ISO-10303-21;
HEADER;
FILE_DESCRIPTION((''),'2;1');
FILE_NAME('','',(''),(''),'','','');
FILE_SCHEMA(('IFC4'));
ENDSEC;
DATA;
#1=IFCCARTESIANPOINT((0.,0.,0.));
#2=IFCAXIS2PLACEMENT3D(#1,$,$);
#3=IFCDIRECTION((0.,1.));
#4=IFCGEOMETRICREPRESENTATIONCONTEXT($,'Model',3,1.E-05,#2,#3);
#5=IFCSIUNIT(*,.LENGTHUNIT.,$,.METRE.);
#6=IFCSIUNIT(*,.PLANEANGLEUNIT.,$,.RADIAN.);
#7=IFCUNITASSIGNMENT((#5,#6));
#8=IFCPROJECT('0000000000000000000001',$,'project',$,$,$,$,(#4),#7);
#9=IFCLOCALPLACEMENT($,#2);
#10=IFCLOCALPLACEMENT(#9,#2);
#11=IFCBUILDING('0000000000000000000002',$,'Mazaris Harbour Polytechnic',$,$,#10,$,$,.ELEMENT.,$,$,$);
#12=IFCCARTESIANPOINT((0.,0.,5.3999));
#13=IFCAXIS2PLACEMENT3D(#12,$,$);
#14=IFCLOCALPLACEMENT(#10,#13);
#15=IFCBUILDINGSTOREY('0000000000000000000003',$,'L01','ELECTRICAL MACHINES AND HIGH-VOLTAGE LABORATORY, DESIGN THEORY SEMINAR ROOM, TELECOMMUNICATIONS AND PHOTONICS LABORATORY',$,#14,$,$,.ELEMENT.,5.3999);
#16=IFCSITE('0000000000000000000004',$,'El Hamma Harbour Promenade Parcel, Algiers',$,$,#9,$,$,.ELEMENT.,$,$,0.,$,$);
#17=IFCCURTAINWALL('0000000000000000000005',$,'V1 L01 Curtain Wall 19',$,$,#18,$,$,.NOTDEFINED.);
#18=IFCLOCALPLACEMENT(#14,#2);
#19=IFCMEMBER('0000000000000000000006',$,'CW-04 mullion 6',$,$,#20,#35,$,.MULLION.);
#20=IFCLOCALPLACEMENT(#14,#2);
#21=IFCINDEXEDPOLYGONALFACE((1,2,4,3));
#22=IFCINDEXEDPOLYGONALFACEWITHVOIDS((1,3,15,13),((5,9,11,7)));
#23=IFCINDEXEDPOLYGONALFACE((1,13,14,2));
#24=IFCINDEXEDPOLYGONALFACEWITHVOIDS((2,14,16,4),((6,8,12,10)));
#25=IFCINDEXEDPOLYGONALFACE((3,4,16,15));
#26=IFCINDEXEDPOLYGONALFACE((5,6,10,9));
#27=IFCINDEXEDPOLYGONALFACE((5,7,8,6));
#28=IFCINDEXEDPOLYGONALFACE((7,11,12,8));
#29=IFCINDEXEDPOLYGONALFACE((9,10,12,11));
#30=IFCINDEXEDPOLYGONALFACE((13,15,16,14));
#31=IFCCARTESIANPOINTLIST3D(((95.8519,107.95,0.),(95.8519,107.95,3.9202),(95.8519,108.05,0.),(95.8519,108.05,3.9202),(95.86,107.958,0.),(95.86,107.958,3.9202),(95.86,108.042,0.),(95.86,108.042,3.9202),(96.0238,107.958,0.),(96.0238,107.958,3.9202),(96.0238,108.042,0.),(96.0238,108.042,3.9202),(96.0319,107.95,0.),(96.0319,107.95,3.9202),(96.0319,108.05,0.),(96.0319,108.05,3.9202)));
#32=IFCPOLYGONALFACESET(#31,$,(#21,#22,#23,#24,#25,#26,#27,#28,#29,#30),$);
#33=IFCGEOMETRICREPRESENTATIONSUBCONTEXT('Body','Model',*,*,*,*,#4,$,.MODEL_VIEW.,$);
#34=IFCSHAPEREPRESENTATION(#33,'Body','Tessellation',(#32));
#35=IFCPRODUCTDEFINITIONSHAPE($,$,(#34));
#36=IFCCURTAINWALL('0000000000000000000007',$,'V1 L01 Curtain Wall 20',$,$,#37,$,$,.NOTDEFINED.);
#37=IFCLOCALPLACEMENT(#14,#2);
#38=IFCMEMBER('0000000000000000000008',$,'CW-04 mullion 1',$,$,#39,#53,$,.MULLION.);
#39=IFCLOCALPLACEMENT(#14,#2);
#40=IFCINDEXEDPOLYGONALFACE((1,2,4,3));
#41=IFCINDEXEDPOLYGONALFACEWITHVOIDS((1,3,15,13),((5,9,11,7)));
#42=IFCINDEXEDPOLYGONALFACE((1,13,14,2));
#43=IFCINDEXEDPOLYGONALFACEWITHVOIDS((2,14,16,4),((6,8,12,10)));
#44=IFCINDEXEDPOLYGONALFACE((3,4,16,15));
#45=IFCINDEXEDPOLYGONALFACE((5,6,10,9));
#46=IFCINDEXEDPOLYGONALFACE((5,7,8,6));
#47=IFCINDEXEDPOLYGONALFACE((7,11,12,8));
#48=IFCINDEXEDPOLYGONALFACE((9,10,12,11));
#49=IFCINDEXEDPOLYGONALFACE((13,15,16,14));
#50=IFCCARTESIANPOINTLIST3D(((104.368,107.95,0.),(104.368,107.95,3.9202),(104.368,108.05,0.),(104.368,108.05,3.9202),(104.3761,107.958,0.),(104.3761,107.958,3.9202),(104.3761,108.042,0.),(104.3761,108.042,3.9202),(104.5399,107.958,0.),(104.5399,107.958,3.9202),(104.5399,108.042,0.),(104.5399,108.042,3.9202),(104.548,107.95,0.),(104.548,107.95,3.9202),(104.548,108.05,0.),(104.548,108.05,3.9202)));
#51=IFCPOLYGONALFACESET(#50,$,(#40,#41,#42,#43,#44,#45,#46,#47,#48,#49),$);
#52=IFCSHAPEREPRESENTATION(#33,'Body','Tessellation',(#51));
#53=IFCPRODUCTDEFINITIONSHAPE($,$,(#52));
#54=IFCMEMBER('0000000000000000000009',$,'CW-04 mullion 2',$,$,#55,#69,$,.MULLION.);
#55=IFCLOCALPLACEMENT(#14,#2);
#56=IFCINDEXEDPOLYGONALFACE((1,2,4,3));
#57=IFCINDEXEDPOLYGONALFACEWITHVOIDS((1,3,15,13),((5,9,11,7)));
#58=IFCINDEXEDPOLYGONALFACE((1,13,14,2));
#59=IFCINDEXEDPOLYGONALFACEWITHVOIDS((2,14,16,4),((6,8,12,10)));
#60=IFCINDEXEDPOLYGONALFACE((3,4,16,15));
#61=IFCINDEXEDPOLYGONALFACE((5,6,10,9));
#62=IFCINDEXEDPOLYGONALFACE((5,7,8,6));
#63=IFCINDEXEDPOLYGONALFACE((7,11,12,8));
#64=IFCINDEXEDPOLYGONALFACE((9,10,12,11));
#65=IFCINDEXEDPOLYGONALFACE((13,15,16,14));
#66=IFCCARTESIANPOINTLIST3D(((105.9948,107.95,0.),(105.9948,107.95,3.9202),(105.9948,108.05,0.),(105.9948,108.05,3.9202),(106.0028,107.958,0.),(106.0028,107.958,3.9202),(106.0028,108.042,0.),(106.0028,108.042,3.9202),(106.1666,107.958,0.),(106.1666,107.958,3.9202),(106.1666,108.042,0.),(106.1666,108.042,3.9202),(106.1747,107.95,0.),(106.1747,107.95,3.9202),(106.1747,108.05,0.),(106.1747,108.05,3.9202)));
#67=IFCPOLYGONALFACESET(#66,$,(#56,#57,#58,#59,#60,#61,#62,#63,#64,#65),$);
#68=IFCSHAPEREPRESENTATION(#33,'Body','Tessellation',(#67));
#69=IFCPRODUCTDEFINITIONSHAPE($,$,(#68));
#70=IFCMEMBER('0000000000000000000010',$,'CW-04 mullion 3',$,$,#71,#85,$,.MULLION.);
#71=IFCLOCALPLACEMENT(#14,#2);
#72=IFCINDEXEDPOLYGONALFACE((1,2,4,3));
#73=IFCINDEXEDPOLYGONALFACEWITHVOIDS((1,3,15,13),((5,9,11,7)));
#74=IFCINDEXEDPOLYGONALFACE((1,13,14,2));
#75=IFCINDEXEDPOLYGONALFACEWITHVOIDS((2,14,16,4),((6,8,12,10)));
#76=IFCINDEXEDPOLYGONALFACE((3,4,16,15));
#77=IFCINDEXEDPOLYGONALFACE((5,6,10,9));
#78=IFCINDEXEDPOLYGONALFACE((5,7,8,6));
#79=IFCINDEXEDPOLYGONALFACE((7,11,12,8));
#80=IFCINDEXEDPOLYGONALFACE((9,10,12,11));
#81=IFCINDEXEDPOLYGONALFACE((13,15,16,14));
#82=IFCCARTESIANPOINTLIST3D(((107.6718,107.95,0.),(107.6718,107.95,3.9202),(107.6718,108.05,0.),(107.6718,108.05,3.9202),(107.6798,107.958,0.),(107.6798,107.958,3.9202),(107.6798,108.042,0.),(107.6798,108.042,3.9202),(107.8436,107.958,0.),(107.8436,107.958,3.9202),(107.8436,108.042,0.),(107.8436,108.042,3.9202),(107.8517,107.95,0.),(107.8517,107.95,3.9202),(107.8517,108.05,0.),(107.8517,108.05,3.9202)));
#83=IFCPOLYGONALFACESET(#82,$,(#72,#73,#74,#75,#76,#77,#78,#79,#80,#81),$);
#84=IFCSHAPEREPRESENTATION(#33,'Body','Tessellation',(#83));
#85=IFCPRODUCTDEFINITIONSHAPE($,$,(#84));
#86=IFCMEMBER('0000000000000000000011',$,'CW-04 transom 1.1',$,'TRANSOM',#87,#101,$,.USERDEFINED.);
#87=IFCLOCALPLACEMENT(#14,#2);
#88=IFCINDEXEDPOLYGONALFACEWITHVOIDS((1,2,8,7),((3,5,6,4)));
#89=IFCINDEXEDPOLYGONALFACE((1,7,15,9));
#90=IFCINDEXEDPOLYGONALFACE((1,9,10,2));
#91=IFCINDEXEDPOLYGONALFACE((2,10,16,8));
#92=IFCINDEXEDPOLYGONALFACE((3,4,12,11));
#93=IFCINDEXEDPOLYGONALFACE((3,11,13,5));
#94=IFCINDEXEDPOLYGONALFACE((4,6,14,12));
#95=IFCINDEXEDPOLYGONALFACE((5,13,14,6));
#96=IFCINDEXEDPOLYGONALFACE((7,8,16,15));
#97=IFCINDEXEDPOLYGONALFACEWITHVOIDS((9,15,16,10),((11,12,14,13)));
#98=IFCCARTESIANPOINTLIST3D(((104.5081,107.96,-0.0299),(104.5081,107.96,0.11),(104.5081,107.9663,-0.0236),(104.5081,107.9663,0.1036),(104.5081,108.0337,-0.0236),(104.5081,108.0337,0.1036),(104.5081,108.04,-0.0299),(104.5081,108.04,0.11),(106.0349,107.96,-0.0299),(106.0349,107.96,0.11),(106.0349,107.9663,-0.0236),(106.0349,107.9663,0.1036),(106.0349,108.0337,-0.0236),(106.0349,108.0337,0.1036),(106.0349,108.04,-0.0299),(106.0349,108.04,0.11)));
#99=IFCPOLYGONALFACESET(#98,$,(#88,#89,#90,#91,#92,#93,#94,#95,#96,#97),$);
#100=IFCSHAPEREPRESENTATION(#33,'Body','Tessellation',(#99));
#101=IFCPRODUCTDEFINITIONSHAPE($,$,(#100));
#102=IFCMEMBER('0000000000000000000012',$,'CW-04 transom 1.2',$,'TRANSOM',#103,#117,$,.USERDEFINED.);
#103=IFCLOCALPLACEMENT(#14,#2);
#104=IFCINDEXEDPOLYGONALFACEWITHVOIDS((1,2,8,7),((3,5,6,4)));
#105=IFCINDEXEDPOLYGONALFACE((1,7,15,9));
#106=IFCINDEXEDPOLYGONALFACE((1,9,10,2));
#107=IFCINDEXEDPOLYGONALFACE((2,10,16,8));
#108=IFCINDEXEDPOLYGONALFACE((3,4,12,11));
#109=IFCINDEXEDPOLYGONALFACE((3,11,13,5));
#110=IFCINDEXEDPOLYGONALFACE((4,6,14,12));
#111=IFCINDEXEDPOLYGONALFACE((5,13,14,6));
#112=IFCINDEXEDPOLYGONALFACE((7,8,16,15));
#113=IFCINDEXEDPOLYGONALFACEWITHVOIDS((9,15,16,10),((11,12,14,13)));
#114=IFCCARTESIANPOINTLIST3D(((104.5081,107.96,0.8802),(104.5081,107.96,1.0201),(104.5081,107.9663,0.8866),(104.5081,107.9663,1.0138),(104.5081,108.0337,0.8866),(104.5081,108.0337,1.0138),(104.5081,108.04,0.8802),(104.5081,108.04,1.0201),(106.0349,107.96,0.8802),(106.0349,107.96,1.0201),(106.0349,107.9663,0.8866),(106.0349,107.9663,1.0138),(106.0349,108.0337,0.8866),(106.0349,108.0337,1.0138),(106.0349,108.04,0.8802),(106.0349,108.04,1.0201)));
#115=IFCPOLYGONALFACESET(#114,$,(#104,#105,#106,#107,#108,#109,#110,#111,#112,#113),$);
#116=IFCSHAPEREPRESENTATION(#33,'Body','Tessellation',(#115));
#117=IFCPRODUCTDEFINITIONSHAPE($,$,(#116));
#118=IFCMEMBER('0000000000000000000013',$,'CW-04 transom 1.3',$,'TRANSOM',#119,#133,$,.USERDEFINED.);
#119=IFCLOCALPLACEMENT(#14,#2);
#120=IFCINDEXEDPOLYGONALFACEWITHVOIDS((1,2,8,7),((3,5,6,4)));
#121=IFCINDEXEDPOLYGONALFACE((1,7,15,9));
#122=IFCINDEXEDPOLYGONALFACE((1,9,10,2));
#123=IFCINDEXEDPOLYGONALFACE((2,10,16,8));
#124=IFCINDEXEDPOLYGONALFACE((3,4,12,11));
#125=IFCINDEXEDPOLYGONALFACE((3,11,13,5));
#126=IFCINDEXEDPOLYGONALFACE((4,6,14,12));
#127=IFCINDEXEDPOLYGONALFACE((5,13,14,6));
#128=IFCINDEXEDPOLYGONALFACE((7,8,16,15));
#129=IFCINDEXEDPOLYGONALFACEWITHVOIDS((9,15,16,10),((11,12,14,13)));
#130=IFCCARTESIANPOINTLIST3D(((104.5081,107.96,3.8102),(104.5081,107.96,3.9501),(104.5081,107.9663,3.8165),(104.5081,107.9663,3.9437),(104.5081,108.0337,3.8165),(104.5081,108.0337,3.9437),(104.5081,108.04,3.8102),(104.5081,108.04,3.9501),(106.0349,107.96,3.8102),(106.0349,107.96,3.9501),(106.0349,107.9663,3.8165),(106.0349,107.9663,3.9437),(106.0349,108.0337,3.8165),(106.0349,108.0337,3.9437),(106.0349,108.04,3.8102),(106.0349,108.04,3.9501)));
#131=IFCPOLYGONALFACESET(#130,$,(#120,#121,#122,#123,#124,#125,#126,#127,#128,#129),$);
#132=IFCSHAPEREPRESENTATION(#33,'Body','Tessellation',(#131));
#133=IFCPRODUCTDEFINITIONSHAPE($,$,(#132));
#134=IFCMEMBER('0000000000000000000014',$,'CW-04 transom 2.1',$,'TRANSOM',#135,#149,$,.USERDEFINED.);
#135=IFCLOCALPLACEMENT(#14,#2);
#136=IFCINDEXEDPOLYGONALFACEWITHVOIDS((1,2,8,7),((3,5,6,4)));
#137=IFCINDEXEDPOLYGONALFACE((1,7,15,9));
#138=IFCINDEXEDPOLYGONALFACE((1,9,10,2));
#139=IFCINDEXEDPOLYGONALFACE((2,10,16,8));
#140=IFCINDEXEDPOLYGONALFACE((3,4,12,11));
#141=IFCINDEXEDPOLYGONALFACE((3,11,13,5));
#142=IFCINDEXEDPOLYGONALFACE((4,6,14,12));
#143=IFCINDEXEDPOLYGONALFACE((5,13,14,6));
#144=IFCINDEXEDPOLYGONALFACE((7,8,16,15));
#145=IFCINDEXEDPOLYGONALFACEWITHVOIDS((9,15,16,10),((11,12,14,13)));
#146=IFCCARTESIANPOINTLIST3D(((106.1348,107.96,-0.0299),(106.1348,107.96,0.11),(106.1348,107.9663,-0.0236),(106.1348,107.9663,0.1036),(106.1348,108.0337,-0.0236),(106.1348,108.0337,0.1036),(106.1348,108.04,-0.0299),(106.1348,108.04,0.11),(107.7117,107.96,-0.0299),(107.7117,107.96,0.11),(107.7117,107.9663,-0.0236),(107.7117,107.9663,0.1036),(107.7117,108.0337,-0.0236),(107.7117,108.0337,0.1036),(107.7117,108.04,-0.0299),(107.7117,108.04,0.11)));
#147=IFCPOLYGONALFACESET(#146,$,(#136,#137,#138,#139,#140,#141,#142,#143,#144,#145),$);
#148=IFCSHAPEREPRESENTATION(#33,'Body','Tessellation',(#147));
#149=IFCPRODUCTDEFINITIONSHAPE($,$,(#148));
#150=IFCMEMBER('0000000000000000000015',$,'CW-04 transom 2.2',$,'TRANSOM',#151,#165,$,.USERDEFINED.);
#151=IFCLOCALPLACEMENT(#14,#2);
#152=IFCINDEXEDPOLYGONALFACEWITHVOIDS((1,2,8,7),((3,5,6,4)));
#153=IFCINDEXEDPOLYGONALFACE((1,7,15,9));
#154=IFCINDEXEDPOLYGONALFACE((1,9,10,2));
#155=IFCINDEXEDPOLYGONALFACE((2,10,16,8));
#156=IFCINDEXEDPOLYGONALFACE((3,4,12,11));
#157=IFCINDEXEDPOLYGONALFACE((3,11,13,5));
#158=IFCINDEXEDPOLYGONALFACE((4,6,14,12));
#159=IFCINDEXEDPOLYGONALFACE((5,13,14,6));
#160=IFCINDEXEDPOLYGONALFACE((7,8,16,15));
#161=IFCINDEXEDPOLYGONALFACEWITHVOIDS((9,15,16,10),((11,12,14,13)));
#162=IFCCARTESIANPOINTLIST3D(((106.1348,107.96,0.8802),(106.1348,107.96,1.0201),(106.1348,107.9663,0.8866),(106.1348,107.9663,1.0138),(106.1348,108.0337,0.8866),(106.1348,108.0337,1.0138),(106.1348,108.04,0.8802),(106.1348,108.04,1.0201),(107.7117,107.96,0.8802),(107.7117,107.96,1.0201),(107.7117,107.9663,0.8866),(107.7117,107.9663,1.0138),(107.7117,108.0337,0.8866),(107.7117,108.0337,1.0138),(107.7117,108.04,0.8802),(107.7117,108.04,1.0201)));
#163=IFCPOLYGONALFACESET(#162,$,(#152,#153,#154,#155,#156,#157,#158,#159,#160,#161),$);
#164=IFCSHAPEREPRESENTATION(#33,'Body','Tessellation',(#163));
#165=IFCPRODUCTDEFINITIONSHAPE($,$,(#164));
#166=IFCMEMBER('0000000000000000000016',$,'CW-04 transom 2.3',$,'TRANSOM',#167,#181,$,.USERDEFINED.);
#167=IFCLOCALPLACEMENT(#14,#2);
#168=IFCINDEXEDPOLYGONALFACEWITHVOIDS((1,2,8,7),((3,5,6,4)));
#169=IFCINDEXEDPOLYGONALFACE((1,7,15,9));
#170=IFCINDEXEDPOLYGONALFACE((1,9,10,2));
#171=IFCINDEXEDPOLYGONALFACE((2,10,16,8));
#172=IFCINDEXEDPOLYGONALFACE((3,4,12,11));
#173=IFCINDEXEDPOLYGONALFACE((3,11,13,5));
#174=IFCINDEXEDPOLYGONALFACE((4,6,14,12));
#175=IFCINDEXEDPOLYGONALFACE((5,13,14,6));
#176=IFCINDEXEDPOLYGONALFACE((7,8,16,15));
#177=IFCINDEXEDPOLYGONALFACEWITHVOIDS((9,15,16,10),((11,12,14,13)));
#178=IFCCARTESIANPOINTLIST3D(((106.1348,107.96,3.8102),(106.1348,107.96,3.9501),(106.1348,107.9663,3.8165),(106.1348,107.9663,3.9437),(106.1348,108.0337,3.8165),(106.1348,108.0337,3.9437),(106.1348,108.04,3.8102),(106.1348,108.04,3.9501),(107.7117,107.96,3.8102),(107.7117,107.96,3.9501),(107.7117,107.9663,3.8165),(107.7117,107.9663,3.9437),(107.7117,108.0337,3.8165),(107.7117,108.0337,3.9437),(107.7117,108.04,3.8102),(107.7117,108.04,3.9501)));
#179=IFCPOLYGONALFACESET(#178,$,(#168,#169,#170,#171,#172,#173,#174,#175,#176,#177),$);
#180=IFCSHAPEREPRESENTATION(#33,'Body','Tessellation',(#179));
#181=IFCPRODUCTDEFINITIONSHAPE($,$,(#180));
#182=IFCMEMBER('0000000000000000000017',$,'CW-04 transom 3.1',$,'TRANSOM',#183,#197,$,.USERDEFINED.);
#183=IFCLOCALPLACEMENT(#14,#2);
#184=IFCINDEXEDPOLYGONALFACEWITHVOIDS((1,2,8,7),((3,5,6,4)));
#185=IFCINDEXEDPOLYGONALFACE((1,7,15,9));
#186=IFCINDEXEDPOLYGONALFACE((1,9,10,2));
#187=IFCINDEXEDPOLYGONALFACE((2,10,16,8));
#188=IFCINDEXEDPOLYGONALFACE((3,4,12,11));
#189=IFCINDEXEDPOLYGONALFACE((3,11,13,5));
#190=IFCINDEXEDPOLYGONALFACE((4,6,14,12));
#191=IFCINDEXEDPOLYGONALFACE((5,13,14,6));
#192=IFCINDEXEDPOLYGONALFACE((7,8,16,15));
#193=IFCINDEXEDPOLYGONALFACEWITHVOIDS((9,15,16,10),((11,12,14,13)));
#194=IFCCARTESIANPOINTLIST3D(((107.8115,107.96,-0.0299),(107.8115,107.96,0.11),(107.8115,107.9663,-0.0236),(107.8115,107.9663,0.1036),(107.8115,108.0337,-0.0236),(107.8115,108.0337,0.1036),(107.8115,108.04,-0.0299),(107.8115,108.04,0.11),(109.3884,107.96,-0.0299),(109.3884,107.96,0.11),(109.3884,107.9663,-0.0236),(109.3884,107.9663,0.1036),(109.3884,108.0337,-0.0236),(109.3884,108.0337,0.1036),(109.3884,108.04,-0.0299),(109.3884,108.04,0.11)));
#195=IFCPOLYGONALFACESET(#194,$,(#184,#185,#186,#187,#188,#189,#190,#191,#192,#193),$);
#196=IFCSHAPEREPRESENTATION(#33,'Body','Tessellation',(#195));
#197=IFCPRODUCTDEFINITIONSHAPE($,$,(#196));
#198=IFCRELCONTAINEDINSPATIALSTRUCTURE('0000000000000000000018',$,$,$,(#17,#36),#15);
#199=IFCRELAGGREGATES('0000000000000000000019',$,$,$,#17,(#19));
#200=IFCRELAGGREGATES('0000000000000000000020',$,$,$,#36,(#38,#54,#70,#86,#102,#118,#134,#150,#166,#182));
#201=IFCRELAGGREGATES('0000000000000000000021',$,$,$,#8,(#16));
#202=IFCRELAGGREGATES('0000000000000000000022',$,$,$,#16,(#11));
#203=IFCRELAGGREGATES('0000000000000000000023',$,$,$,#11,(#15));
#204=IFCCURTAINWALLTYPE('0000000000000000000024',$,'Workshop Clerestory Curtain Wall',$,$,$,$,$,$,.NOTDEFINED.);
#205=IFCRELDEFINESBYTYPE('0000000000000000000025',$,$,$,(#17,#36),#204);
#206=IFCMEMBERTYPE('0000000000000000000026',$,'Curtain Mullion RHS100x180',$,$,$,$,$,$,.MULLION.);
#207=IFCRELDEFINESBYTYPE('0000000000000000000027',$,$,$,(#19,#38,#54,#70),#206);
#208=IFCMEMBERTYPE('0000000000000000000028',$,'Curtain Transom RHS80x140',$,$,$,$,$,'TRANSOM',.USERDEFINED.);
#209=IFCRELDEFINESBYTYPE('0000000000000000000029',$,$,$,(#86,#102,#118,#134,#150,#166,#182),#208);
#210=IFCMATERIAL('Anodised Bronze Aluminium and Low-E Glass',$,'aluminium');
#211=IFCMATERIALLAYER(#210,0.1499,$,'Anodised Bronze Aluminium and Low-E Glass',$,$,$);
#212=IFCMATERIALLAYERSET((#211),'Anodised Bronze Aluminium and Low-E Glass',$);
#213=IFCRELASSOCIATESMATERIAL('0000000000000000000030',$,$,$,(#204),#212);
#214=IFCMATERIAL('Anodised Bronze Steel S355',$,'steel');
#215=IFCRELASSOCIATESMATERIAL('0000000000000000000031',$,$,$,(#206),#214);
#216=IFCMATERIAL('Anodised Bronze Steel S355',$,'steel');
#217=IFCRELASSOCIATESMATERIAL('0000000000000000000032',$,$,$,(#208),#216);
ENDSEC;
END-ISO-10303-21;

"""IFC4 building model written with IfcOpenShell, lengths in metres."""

from ifc_helpers import new_model, si_unit, direction, frame, origin, origin_2d, place, context, subcontext, project, spatial, hollow_rectangle, extrude, material, layer, layer_set, material_profile, profile_set, type_object, element, aggregate, save


model = new_model("IFC4")

# Units and contexts
model_context = context("Model", 3, precision=1e-05, world=origin(), true_north=direction((0.0, 1.0)))
body_context = subcontext(model_context, "Body", "Model", "MODEL_VIEW")
ifc_project = project(units=[si_unit("LENGTHUNIT", "METRE"), si_unit("PLANEANGLEUNIT", "RADIAN")], contexts=[model_context])

# Site, building, storey
site_placement = place(None, origin())
site = spatial("IfcSite", under=ifc_project, at=site_placement, Name="El Hamma Harbour Promenade Parcel, Algiers", CompositionType="ELEMENT", RefElevation=0.0)
building_placement = place(site_placement, origin())
building = spatial("IfcBuilding", under=site, at=building_placement, Name="Mazaris Harbour Polytechnic", CompositionType="ELEMENT")
storey_placement = place(building_placement, frame((0.0, 0.0, 5.3999)))
storey = spatial("IfcBuildingStorey", under=building, at=storey_placement, Name="L01", Description="ELECTRICAL MACHINES AND HIGH-VOLTAGE LABORATORY, DESIGN THEORY SEMINAR ROOM, TELECOMMUNICATIONS AND PHOTONICS LABORATORY", CompositionType="ELEMENT", Elevation=5.3999)

# Curtain wall, member
ifc_material_1 = material(Name="Anodised Bronze Aluminium and Low-E Glass", Category="aluminium")
ifc_layer_1 = layer(ifc_material_1, 0.1499, Name="Anodised Bronze Aluminium and Low-E Glass")
ifc_layer_set_1 = layer_set([ifc_layer_1], Name="Anodised Bronze Aluminium and Low-E Glass")
curtain_wall_type = type_object("IfcCurtainWallType", Name="Workshop Clerestory Curtain Wall", PredefinedType="NOTDEFINED", material=ifc_layer_set_1)
curtain_wall_1_placement = place(storey_placement, origin())
curtain_wall_1 = element("IfcCurtainWall", 1, at=curtain_wall_1_placement, inside=storey, type_object=curtain_wall_type, Name="V1 L01 Curtain Wall 19", PredefinedType="NOTDEFINED")
ifc_material_2 = material(Name="Anodised Bronze Steel S355", Category="steel")
ifc_material_profile_1 = material_profile(ifc_material_2, hollow_rectangle(XDim=0.1001, YDim=0.1799, WallThickness=0.0081, at=origin_2d()), Name="RHS 100x180x8.0")
ifc_profile_set_1 = profile_set([ifc_material_profile_1], Name="Anodised Bronze Steel S355")
member_type_1 = type_object("IfcMemberType", Name="Curtain Mullion RHS100x180", PredefinedType="MULLION", material=ifc_profile_set_1)
member_1_placement = place(storey_placement, frame((95.9419, 108.0, 0.0), z_axis=(0.0, 0.0, 1.0), x_axis=(0.0, 1.0, 0.0)))
member_1 = element("IfcMember", 2, at=member_1_placement, type_object=member_type_1, Name="CW-04 mullion 6", PredefinedType="MULLION", context=body_context, shape_type="SweptSolid", body=[
    extrude(hollow_rectangle(XDim=0.1001, YDim=0.1799, WallThickness=0.0081, at=origin_2d()), origin(), (0.0, 0.0, 1.0), 3.9202),
])
aggregate(curtain_wall_1, [member_1])

# Curtain wall, members
curtain_wall_2_placement = place(storey_placement, origin())
curtain_wall_2 = element("IfcCurtainWall", 3, at=curtain_wall_2_placement, inside=storey, type_object=curtain_wall_type, Name="V1 L01 Curtain Wall 20", PredefinedType="NOTDEFINED")
member_2_placement = place(storey_placement, frame((104.458, 108.0, 0.0), z_axis=(0.0, 0.0, 1.0), x_axis=(0.0, 1.0, 0.0)))
member_2 = element("IfcMember", 4, at=member_2_placement, type_object=member_type_1, Name="CW-04 mullion 1", PredefinedType="MULLION", context=body_context, shape_type="SweptSolid", body=[
    extrude(hollow_rectangle(XDim=0.1001, YDim=0.1799, WallThickness=0.0081, at=origin_2d()), origin(), (0.0, 0.0, 1.0), 3.9202),
])
member_3_placement = place(storey_placement, frame((106.0847, 108.0, 0.0), z_axis=(0.0, 0.0, 1.0), x_axis=(0.0, 1.0, 0.0)))
member_3 = element("IfcMember", 5, at=member_3_placement, type_object=member_type_1, Name="CW-04 mullion 2", PredefinedType="MULLION", context=body_context, shape_type="SweptSolid", body=[
    extrude(hollow_rectangle(XDim=0.1001, YDim=0.1799, WallThickness=0.0081, at=origin_2d()), origin(), (0.0, 0.0, 1.0), 3.9202),
])
member_4_placement = place(storey_placement, frame((107.7617, 108.0, 0.0), z_axis=(0.0, 0.0, 1.0), x_axis=(0.0, 1.0, 0.0)))
member_4 = element("IfcMember", 6, at=member_4_placement, type_object=member_type_1, Name="CW-04 mullion 3", PredefinedType="MULLION", context=body_context, shape_type="SweptSolid", body=[
    extrude(hollow_rectangle(XDim=0.1001, YDim=0.1799, WallThickness=0.0081, at=origin_2d()), origin(), (0.0, 0.0, 1.0), 3.9202),
])
ifc_material_3 = material(Name="Anodised Bronze Steel S355", Category="steel")
ifc_material_profile_2 = material_profile(ifc_material_3, hollow_rectangle(XDim=0.0801, YDim=0.1399, WallThickness=0.0063, at=origin_2d()), Name="RHS 80x140x6.3")
ifc_profile_set_2 = profile_set([ifc_material_profile_2], Name="Anodised Bronze Steel S355")
member_type_2 = type_object("IfcMemberType", Name="Curtain Transom RHS80x140", ElementType="TRANSOM", PredefinedType="USERDEFINED", material=ifc_profile_set_2)
member_5_placement = place(storey_placement, frame((104.5081, 108.0, 0.04), z_axis=(1.0, 0.0, 0.0), x_axis=(0.0, 1.0, 0.0)))
member_5 = element("IfcMember", 7, at=member_5_placement, type_object=member_type_2, Name="CW-04 transom 1.1", ObjectType="TRANSOM", PredefinedType="USERDEFINED", context=body_context, shape_type="SweptSolid", body=[
    extrude(hollow_rectangle(XDim=0.0801, YDim=0.1399, WallThickness=0.0063, at=origin_2d()), origin(), (0.0, 0.0, 1.0), 1.5269),
])
member_6_placement = place(storey_placement, frame((104.5081, 108.0, 0.9502), z_axis=(1.0, 0.0, 0.0), x_axis=(0.0, 1.0, 0.0)))
member_6 = element("IfcMember", 8, at=member_6_placement, type_object=member_type_2, Name="CW-04 transom 1.2", ObjectType="TRANSOM", PredefinedType="USERDEFINED", context=body_context, shape_type="SweptSolid", body=[
    extrude(hollow_rectangle(XDim=0.0801, YDim=0.1399, WallThickness=0.0063, at=origin_2d()), origin(), (0.0, 0.0, 1.0), 1.5269),
])
member_7_placement = place(storey_placement, frame((104.5081, 108.0, 3.8801), z_axis=(1.0, 0.0, 0.0), x_axis=(0.0, 1.0, 0.0)))
member_7 = element("IfcMember", 9, at=member_7_placement, type_object=member_type_2, Name="CW-04 transom 1.3", ObjectType="TRANSOM", PredefinedType="USERDEFINED", context=body_context, shape_type="SweptSolid", body=[
    extrude(hollow_rectangle(XDim=0.0801, YDim=0.1399, WallThickness=0.0063, at=origin_2d()), origin(), (0.0, 0.0, 1.0), 1.5269),
])
member_8_placement = place(storey_placement, frame((106.1348, 108.0, 0.04), z_axis=(1.0, 0.0, 0.0), x_axis=(0.0, 1.0, 0.0)))
member_8 = element("IfcMember", 10, at=member_8_placement, type_object=member_type_2, Name="CW-04 transom 2.1", ObjectType="TRANSOM", PredefinedType="USERDEFINED", context=body_context, shape_type="SweptSolid", body=[
    extrude(hollow_rectangle(XDim=0.0801, YDim=0.1399, WallThickness=0.0063, at=origin_2d()), origin(), (0.0, 0.0, 1.0), 1.5769),
])
member_9_placement = place(storey_placement, frame((106.1348, 108.0, 0.9502), z_axis=(1.0, 0.0, 0.0), x_axis=(0.0, 1.0, 0.0)))
member_9 = element("IfcMember", 11, at=member_9_placement, type_object=member_type_2, Name="CW-04 transom 2.2", ObjectType="TRANSOM", PredefinedType="USERDEFINED", context=body_context, shape_type="SweptSolid", body=[
    extrude(hollow_rectangle(XDim=0.0801, YDim=0.1399, WallThickness=0.0063, at=origin_2d()), origin(), (0.0, 0.0, 1.0), 1.5769),
])
member_10_placement = place(storey_placement, frame((106.1348, 108.0, 3.8801), z_axis=(1.0, 0.0, 0.0), x_axis=(0.0, 1.0, 0.0)))
member_10 = element("IfcMember", 12, at=member_10_placement, type_object=member_type_2, Name="CW-04 transom 2.3", ObjectType="TRANSOM", PredefinedType="USERDEFINED", context=body_context, shape_type="SweptSolid", body=[
    extrude(hollow_rectangle(XDim=0.0801, YDim=0.1399, WallThickness=0.0063, at=origin_2d()), origin(), (0.0, 0.0, 1.0), 1.5769),
])
member_11_placement = place(storey_placement, frame((107.8115, 108.0, 0.04), z_axis=(1.0, 0.0, 0.0), x_axis=(0.0, 1.0, 0.0)))
member_11 = element("IfcMember", 13, at=member_11_placement, type_object=member_type_2, Name="CW-04 transom 3.1", ObjectType="TRANSOM", PredefinedType="USERDEFINED", context=body_context, shape_type="SweptSolid", body=[
    extrude(hollow_rectangle(XDim=0.0801, YDim=0.1399, WallThickness=0.0063, at=origin_2d()), origin(), (0.0, 0.0, 1.0), 1.5769),
])

aggregate(curtain_wall_2, [member_2, member_3, member_4, member_5, member_6, member_7, member_8, member_9, member_10, member_11])

save(model, "model.ifc")
